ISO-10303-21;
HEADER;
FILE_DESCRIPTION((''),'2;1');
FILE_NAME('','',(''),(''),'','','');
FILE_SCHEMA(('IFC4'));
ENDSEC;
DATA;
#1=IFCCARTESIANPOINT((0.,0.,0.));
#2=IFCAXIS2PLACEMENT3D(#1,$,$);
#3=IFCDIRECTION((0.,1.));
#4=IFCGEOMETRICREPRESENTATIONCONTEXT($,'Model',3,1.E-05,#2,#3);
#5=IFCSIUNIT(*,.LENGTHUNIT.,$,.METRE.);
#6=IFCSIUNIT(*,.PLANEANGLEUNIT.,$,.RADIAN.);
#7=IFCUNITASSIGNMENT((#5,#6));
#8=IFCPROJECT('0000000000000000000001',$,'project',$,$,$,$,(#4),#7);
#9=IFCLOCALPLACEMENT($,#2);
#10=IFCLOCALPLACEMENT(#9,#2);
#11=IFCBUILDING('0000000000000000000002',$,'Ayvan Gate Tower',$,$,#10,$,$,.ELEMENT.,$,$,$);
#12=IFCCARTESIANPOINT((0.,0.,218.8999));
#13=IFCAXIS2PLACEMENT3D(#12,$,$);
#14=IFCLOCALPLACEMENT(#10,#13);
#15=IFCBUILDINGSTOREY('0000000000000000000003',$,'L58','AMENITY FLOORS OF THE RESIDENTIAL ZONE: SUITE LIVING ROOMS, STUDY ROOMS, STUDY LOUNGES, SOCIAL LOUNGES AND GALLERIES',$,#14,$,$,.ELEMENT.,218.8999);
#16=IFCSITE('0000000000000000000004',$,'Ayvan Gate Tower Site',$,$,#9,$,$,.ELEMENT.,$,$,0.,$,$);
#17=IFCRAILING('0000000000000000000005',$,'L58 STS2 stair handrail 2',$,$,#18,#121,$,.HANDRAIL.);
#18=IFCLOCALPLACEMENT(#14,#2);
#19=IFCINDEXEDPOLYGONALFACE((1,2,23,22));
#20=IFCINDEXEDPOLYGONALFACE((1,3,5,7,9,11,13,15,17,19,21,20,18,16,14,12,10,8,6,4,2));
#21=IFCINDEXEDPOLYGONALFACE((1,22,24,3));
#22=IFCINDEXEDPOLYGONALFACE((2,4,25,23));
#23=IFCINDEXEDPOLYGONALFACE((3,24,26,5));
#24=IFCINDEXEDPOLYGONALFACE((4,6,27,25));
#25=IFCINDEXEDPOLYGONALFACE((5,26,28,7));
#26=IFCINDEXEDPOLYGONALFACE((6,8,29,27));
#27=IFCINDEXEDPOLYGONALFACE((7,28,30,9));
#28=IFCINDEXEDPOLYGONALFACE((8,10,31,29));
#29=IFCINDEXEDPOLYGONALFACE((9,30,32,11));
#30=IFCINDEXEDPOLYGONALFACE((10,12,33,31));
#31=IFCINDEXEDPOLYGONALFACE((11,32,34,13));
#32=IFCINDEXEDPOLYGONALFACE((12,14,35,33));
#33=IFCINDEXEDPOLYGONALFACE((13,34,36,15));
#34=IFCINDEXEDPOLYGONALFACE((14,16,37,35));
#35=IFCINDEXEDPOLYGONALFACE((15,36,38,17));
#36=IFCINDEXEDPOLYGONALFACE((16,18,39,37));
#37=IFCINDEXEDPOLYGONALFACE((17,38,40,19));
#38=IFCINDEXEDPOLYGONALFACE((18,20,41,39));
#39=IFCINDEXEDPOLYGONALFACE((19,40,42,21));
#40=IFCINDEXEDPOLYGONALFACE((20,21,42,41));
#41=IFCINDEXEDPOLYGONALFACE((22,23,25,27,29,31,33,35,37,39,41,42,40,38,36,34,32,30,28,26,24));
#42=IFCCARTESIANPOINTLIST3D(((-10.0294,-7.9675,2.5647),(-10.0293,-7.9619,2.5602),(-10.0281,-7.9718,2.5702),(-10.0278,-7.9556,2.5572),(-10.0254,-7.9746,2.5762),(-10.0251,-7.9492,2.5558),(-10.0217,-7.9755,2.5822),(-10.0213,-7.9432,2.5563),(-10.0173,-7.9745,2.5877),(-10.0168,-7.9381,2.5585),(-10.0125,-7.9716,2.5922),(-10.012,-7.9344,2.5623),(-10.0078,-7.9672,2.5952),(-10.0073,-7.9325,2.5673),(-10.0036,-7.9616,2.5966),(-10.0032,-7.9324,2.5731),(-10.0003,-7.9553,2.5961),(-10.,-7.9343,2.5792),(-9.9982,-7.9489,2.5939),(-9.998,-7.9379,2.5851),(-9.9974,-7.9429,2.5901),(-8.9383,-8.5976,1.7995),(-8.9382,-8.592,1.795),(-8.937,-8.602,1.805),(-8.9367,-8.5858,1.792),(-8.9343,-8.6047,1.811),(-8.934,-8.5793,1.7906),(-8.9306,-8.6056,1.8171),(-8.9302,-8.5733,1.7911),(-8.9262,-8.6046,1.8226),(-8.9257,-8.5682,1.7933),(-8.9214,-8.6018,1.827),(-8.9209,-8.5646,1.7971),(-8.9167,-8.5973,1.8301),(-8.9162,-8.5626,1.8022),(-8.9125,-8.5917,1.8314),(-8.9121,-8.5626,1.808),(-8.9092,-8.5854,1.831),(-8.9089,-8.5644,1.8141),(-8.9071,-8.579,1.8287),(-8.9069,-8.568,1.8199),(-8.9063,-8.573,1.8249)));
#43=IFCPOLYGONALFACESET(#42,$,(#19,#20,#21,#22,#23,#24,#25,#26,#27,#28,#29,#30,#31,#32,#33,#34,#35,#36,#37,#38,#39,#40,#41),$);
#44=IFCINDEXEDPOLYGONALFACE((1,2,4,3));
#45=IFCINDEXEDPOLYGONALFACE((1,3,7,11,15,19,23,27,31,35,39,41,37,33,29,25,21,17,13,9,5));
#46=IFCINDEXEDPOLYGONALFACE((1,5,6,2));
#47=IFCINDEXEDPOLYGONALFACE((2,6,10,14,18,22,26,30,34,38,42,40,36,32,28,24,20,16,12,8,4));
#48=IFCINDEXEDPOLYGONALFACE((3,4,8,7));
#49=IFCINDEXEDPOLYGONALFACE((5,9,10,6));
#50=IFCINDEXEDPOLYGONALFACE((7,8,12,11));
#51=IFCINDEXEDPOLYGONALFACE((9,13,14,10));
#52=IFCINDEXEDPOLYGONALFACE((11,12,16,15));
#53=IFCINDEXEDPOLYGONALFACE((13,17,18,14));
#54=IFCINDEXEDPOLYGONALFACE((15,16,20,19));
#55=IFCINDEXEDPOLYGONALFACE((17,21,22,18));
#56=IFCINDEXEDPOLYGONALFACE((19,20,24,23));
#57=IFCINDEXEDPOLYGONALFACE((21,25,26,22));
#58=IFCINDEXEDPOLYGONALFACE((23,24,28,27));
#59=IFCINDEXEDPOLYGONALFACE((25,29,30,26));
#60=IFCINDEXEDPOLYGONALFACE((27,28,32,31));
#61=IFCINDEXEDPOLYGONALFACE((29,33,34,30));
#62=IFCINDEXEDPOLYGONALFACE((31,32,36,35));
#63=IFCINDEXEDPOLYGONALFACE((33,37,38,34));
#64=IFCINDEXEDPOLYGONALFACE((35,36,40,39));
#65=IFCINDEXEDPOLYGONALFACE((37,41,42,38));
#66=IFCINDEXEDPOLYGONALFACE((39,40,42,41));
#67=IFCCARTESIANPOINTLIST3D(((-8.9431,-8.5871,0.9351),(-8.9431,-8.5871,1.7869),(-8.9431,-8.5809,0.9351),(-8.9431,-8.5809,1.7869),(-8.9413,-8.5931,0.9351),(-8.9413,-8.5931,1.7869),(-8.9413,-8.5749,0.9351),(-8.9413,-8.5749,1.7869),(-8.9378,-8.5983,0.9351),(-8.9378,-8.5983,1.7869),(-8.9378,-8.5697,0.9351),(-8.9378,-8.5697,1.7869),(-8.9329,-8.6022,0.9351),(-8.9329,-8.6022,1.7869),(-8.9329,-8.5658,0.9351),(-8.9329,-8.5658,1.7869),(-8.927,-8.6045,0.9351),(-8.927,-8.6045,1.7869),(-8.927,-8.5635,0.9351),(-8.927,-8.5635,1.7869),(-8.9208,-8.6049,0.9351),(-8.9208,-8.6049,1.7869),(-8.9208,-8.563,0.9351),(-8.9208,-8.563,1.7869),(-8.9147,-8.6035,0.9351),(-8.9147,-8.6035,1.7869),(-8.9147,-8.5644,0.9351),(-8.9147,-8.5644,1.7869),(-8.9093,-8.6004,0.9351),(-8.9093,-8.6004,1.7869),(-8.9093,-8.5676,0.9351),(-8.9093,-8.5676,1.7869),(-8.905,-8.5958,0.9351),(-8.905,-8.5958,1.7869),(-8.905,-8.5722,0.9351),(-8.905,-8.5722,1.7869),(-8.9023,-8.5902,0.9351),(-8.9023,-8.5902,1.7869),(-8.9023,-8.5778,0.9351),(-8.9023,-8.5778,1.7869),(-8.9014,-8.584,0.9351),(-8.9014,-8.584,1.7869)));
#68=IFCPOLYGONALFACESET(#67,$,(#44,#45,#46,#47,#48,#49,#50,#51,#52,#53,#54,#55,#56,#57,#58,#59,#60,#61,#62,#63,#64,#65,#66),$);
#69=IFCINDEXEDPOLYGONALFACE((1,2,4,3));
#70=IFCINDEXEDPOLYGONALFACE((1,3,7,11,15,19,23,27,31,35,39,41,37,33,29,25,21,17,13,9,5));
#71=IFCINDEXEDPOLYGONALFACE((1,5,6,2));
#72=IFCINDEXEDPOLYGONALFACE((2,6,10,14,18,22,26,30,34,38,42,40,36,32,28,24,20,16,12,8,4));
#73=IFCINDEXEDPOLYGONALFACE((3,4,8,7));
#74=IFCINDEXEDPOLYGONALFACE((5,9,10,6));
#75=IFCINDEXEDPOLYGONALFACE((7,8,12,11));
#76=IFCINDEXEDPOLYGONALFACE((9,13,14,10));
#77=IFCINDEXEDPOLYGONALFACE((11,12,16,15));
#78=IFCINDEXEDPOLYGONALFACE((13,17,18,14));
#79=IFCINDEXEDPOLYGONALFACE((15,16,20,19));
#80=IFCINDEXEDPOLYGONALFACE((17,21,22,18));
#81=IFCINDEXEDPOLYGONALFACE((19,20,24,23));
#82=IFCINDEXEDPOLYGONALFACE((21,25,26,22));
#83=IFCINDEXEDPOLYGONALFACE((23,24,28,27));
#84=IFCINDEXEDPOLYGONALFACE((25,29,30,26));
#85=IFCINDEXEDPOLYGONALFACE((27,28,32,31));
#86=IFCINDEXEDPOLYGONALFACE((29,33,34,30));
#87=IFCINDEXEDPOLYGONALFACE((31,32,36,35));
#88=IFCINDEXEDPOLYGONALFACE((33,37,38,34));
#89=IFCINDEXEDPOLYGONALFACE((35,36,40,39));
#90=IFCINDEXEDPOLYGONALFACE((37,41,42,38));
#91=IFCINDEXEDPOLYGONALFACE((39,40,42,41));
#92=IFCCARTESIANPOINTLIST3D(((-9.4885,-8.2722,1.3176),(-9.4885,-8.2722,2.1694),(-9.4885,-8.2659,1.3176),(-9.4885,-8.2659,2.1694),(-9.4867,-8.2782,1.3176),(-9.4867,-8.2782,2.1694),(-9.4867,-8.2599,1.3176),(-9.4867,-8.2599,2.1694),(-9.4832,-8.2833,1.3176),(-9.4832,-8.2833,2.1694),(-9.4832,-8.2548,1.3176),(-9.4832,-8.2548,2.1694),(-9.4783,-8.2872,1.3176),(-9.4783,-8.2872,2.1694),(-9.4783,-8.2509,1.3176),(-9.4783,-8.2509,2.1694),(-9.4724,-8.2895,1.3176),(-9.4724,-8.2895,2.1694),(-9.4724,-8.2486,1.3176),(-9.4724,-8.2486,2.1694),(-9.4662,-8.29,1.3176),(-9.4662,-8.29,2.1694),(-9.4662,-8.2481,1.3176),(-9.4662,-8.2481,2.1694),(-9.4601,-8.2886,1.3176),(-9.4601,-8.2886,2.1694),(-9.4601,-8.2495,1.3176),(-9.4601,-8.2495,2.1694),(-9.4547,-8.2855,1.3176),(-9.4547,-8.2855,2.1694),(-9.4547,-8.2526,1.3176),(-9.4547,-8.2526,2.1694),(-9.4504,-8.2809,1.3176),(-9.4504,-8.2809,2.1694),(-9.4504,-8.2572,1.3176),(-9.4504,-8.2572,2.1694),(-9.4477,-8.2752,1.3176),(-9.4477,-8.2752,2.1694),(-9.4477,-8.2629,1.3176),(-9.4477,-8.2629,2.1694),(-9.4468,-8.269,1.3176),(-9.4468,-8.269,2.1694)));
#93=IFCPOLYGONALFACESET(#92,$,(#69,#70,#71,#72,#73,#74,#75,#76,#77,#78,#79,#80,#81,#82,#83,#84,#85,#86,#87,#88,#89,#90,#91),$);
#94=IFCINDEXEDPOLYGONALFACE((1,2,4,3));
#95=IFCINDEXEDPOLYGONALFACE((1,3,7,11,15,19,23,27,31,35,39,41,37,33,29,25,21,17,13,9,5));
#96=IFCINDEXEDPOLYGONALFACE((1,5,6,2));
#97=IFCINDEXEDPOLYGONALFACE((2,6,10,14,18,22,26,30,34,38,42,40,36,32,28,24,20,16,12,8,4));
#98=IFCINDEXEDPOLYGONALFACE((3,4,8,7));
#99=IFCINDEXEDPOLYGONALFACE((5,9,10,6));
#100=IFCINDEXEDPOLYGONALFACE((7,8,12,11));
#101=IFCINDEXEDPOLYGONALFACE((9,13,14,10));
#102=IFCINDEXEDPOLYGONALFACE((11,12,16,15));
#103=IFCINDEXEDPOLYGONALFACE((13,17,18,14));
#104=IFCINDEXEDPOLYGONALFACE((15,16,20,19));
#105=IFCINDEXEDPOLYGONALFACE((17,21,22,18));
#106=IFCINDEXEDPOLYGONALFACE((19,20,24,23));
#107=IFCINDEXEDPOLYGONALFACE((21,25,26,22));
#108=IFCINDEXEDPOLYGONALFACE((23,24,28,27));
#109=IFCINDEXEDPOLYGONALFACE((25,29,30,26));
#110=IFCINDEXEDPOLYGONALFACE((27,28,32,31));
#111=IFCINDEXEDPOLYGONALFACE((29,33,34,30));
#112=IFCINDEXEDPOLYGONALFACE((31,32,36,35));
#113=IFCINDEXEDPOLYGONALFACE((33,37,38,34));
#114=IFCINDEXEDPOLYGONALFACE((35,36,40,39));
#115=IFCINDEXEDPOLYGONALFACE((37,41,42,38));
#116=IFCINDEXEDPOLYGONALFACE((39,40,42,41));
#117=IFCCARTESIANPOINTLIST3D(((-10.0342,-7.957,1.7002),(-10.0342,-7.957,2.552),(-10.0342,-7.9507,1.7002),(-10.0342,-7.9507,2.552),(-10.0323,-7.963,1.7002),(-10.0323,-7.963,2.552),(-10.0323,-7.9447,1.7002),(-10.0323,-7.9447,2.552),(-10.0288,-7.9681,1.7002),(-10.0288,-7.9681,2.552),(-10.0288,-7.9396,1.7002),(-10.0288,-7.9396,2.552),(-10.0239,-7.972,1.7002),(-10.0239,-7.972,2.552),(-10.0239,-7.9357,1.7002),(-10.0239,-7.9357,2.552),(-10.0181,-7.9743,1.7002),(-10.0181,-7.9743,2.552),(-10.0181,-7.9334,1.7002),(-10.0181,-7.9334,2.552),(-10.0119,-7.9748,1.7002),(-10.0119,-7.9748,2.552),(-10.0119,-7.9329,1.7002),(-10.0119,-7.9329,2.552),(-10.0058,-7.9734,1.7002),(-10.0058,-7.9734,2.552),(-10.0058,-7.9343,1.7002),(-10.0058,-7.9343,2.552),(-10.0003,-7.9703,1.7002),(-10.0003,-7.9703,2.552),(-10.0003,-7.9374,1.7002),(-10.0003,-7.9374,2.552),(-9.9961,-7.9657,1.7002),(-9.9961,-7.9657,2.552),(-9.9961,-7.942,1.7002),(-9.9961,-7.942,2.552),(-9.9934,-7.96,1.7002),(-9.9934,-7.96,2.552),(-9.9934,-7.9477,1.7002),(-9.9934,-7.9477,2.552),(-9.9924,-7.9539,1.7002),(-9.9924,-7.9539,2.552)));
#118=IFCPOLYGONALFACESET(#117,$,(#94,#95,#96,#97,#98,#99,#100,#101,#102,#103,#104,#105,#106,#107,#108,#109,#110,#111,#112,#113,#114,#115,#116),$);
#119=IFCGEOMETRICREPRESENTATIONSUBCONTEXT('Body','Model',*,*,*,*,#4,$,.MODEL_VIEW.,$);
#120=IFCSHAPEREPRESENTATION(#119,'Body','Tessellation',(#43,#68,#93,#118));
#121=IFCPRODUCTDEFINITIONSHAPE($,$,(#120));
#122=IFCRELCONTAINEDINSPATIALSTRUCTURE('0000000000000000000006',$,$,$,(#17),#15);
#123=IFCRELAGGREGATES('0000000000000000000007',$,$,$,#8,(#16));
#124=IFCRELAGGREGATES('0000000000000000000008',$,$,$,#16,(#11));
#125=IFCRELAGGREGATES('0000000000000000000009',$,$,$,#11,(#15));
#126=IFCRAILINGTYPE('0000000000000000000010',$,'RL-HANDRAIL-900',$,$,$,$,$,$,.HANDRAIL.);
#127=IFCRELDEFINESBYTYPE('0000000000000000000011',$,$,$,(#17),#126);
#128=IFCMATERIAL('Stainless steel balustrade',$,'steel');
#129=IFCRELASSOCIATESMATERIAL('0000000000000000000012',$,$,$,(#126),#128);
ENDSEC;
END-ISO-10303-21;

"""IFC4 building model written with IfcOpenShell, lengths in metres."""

from ifc_helpers import new_model, si_unit, direction, frame, origin, origin_2d, place, context, subcontext, project, spatial, circle, extrude, material, type_object, element, save


model = new_model("IFC4")

# Units and contexts
model_context = context("Model", 3, precision=1e-05, world=origin(), true_north=direction((0.0, 1.0)))
body_context = subcontext(model_context, "Body", "Model", "MODEL_VIEW")
ifc_project = project(units=[si_unit("LENGTHUNIT", "METRE"), si_unit("PLANEANGLEUNIT", "RADIAN")], contexts=[model_context])

# Site, building, storey
site_placement = place(None, origin())
site = spatial("IfcSite", under=ifc_project, at=site_placement, Name="Ayvan Gate Tower Site", CompositionType="ELEMENT", RefElevation=0.0)
building_placement = place(site_placement, origin())
building = spatial("IfcBuilding", under=site, at=building_placement, Name="Ayvan Gate Tower", CompositionType="ELEMENT")
storey_placement = place(building_placement, frame((0.0, 0.0, 218.8999)))
storey = spatial("IfcBuildingStorey", under=building, at=storey_placement, Name="L58", Description="AMENITY FLOORS OF THE RESIDENTIAL ZONE: SUITE LIVING ROOMS, STUDY ROOMS, STUDY LOUNGES, SOCIAL LOUNGES AND GALLERIES", CompositionType="ELEMENT", Elevation=218.8999)

# Railing
ifc_material_1 = material(Name="Stainless steel balustrade", Category="steel")
railing_type_1 = type_object("IfcRailingType", Name="RL-HANDRAIL-900", PredefinedType="HANDRAIL", material=ifc_material_1)
railing_1_placement = place(storey_placement, frame((-8.9224, -8.584, 0.9351)))
element("IfcRailing", 1, at=railing_1_placement, inside=storey, type_object=railing_type_1, Name="L58 STS2 stair handrail 2", PredefinedType="HANDRAIL", context=body_context, shape_type="SweptSolid", body=[
    extrude(circle(Radius=0.0239, at=origin_2d()), frame((0.0, 0.0, 0.876), z_axis=(-0.740166, 0.427471, 0.51906), x_axis=(-0.500119, -0.865956, 0.0)), (0.0, 0.0, 1.0), 1.4741),
    extrude(circle(Radius=0.021, at=origin_2d()), origin(), (0.0, 0.0, 1.0), 0.8518),
    extrude(circle(Radius=0.021, at=origin_2d()), frame((-0.5454, 0.3149, 0.3826)), (0.0, 0.0, 1.0), 0.8518),
    extrude(circle(Radius=0.021, at=origin_2d()), frame((-1.0911, 0.6301, 0.7651)), (0.0, 0.0, 1.0), 0.8518),
])

save(model, "model.ifc")
